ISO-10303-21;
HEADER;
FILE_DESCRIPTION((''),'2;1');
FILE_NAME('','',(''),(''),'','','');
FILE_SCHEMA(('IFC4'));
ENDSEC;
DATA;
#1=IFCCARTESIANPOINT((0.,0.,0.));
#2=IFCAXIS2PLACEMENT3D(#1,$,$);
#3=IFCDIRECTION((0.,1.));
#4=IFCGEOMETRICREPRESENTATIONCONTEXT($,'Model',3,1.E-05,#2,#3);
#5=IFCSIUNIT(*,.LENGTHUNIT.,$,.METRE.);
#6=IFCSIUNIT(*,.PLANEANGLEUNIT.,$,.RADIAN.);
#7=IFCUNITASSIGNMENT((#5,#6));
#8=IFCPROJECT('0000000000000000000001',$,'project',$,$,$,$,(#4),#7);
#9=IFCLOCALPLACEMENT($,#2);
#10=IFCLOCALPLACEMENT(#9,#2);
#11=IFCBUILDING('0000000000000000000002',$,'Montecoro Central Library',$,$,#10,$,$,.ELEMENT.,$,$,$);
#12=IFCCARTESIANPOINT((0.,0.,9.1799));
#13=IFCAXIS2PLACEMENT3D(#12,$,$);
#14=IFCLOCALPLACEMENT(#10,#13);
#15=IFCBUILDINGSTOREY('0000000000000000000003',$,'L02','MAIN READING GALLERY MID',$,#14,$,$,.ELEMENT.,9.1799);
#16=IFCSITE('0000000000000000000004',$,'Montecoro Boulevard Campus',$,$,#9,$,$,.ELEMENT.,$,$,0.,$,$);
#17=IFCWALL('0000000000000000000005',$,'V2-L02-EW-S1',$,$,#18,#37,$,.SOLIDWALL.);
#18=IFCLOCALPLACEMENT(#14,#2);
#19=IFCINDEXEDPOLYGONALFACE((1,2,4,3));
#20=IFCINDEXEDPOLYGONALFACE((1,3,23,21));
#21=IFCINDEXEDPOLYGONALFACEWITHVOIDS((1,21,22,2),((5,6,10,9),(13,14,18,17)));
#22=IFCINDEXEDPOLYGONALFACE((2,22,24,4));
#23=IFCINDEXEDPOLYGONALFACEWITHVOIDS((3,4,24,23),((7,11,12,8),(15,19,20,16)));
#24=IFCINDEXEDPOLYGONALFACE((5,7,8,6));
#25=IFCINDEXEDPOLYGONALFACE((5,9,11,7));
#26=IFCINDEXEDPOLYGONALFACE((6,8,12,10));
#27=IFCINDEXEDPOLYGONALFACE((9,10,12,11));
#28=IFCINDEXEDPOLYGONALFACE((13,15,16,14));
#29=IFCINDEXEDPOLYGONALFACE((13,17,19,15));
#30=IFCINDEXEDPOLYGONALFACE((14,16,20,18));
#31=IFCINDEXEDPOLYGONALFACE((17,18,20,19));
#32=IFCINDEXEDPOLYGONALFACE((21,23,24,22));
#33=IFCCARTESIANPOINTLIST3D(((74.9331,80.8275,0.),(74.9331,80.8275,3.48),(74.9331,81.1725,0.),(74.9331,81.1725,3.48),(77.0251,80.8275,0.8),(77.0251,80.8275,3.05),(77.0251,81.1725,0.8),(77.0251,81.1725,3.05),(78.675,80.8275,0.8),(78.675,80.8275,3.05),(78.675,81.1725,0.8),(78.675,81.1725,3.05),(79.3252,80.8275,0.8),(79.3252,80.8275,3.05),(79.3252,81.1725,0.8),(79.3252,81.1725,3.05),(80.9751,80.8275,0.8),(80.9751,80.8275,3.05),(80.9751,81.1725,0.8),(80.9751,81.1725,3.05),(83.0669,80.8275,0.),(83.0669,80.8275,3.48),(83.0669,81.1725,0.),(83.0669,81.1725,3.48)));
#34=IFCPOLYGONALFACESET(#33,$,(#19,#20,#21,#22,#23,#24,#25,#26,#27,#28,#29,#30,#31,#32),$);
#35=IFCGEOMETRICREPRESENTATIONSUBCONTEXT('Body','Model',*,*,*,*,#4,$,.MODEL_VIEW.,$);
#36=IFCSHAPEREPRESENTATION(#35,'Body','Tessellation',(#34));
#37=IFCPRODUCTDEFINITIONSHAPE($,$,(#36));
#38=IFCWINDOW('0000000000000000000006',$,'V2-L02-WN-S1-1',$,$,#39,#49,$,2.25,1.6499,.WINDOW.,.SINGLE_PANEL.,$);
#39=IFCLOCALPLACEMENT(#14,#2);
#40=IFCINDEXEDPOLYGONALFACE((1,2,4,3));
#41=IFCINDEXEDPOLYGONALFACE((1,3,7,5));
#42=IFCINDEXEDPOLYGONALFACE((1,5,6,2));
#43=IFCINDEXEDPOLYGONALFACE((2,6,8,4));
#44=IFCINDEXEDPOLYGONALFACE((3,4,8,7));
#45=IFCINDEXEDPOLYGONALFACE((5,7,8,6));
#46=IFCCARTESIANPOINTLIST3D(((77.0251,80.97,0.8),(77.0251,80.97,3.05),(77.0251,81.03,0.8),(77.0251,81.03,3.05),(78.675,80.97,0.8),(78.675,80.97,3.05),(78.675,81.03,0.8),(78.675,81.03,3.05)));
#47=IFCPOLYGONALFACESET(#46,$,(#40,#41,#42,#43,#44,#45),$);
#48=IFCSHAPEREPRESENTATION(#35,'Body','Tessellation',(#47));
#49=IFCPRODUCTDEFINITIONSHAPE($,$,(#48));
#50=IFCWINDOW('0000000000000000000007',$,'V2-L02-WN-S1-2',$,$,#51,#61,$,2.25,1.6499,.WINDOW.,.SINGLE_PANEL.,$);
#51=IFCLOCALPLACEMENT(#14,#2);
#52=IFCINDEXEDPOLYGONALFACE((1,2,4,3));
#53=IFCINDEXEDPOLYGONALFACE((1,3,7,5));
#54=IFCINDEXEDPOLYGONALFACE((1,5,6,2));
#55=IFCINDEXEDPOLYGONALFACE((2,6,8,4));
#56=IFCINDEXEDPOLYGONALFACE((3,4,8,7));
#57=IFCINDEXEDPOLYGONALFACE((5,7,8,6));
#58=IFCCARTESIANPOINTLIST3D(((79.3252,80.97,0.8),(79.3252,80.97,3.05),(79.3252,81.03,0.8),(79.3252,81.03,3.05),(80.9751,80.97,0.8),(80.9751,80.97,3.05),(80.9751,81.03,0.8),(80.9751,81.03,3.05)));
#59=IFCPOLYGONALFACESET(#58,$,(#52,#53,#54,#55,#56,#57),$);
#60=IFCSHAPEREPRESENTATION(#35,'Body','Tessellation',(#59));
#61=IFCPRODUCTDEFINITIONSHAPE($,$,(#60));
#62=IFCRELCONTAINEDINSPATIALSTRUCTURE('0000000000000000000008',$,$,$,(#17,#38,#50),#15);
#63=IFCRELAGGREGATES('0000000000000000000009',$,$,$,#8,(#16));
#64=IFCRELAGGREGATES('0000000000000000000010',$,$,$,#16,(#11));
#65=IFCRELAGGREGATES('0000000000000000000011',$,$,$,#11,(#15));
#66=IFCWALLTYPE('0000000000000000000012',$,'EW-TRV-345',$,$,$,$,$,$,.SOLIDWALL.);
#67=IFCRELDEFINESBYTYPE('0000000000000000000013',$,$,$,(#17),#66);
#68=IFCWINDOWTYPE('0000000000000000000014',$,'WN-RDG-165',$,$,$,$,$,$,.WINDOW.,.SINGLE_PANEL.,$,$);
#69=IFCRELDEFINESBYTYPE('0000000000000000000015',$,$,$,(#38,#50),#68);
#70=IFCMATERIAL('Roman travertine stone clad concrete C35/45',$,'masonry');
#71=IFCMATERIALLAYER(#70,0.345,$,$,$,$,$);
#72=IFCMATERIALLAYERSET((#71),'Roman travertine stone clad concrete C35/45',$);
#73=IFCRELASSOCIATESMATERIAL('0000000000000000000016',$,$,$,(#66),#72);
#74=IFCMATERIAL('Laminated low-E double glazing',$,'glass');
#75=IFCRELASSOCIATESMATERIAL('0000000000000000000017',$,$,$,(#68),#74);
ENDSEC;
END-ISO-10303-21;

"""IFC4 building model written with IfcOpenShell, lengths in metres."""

from ifc_helpers import new_model, si_unit, direction, frame, frame_2d, origin, place, context, subcontext, project, spatial, rectangle, extrude, material, layer, layer_set, type_object, element, fill, save


model = new_model("IFC4")

# Units and contexts
model_context = context("Model", 3, precision=1e-05, world=origin(), true_north=direction((0.0, 1.0)))
body_context = subcontext(model_context, "Body", "Model", "MODEL_VIEW")
ifc_project = project(units=[si_unit("LENGTHUNIT", "METRE"), si_unit("PLANEANGLEUNIT", "RADIAN")], contexts=[model_context])

# Site, building, storey
site_placement = place(None, origin())
site = spatial("IfcSite", under=ifc_project, at=site_placement, Name="Montecoro Boulevard Campus", CompositionType="ELEMENT", RefElevation=0.0)
building_placement = place(site_placement, origin())
building = spatial("IfcBuilding", under=site, at=building_placement, Name="Montecoro Central Library", CompositionType="ELEMENT")
storey_placement = place(building_placement, frame((0.0, 0.0, 9.1799)))
storey = spatial("IfcBuildingStorey", under=building, at=storey_placement, Name="L02", Description="MAIN READING GALLERY MID", CompositionType="ELEMENT", Elevation=9.1799)

# Shared definitions
ifc_material_1 = material(Name="Laminated low-E double glazing", Category="glass")

# Wall, openings, windows
ifc_material_2 = material(Name="Roman travertine stone clad concrete C35/45", Category="masonry")
ifc_layer_1 = layer(ifc_material_2, 0.345)
ifc_layer_set_1 = layer_set([ifc_layer_1], Name="Roman travertine stone clad concrete C35/45")
wall_type = type_object("IfcWallType", Name="EW-TRV-345", PredefinedType="SOLIDWALL", material=ifc_layer_set_1)
wall_placement = place(storey_placement, frame((74.9331, 81.0, 0.0), z_axis=(0.0, 0.0, 1.0), x_axis=(1.0, 0.0, 0.0)))
wall = element("IfcWall", 1, at=wall_placement, inside=storey, type_object=wall_type, Name="V2-L02-EW-S1", PredefinedType="SOLIDWALL", context=body_context, shape_type="SweptSolid", body=[
    extrude(rectangle(XDim=8.1338, YDim=0.345, at=frame_2d((4.0669, 0.0))), origin(), (0.0, 0.0, 1.0), 3.48),
])
opening_1_placement = place(wall_placement, frame((2.092, 0.0, 0.8)))
opening_1 = element("IfcOpeningElement", 2, at=opening_1_placement, cuts=wall, PredefinedType="OPENING", context=body_context, shape_type="SweptSolid", body=[
    extrude(rectangle(XDim=1.6499, YDim=2.25, at=frame_2d((0.825, 1.125))), frame((0.0, 0.1824, 0.0), z_axis=(0.0, -1.0, 0.0), x_axis=(1.0, 0.0, 0.0)), (0.0, 0.0, 1.0), 0.365),
])
opening_2_placement = place(wall_placement, frame((4.3921, 0.0, 0.8)))
opening_2 = element("IfcOpeningElement", 3, at=opening_2_placement, cuts=wall, PredefinedType="OPENING", context=body_context, shape_type="SweptSolid", body=[
    extrude(rectangle(XDim=1.6499, YDim=2.25, at=frame_2d((0.825, 1.125))), frame((0.0, 0.1824, 0.0), z_axis=(0.0, -1.0, 0.0), x_axis=(1.0, 0.0, 0.0)), (0.0, 0.0, 1.0), 0.365),
])
window_type = type_object("IfcWindowType", Name="WN-RDG-165", PartitioningType="SINGLE_PANEL", PredefinedType="WINDOW", material=ifc_material_1)
window_1_placement = place(opening_1_placement, origin())
window_1 = element("IfcWindow", 4, at=window_1_placement, inside=storey, type_object=window_type, Name="V2-L02-WN-S1-1", OverallHeight=2.25, OverallWidth=1.6499, PartitioningType="SINGLE_PANEL", PredefinedType="WINDOW", context=body_context, shape_type="SweptSolid", body=[
    extrude(rectangle(XDim=1.6499, YDim=2.25, at=frame_2d((0.825, 1.125))), frame((0.0, 0.03, 0.0), z_axis=(0.0, -1.0, 0.0), x_axis=(1.0, 0.0, 0.0)), (0.0, 0.0, 1.0), 0.0601),
])
fill(opening_1, window_1)
window_2_placement = place(opening_2_placement, origin())
window_2 = element("IfcWindow", 5, at=window_2_placement, inside=storey, type_object=window_type, Name="V2-L02-WN-S1-2", OverallHeight=2.25, OverallWidth=1.6499, PartitioningType="SINGLE_PANEL", PredefinedType="WINDOW", context=body_context, shape_type="SweptSolid", body=[
    extrude(rectangle(XDim=1.6499, YDim=2.25, at=frame_2d((0.825, 1.125))), frame((0.0, 0.03, 0.0), z_axis=(0.0, -1.0, 0.0), x_axis=(1.0, 0.0, 0.0)), (0.0, 0.0, 1.0), 0.0601),
])
fill(opening_2, window_2)

save(model, "model.ifc")
